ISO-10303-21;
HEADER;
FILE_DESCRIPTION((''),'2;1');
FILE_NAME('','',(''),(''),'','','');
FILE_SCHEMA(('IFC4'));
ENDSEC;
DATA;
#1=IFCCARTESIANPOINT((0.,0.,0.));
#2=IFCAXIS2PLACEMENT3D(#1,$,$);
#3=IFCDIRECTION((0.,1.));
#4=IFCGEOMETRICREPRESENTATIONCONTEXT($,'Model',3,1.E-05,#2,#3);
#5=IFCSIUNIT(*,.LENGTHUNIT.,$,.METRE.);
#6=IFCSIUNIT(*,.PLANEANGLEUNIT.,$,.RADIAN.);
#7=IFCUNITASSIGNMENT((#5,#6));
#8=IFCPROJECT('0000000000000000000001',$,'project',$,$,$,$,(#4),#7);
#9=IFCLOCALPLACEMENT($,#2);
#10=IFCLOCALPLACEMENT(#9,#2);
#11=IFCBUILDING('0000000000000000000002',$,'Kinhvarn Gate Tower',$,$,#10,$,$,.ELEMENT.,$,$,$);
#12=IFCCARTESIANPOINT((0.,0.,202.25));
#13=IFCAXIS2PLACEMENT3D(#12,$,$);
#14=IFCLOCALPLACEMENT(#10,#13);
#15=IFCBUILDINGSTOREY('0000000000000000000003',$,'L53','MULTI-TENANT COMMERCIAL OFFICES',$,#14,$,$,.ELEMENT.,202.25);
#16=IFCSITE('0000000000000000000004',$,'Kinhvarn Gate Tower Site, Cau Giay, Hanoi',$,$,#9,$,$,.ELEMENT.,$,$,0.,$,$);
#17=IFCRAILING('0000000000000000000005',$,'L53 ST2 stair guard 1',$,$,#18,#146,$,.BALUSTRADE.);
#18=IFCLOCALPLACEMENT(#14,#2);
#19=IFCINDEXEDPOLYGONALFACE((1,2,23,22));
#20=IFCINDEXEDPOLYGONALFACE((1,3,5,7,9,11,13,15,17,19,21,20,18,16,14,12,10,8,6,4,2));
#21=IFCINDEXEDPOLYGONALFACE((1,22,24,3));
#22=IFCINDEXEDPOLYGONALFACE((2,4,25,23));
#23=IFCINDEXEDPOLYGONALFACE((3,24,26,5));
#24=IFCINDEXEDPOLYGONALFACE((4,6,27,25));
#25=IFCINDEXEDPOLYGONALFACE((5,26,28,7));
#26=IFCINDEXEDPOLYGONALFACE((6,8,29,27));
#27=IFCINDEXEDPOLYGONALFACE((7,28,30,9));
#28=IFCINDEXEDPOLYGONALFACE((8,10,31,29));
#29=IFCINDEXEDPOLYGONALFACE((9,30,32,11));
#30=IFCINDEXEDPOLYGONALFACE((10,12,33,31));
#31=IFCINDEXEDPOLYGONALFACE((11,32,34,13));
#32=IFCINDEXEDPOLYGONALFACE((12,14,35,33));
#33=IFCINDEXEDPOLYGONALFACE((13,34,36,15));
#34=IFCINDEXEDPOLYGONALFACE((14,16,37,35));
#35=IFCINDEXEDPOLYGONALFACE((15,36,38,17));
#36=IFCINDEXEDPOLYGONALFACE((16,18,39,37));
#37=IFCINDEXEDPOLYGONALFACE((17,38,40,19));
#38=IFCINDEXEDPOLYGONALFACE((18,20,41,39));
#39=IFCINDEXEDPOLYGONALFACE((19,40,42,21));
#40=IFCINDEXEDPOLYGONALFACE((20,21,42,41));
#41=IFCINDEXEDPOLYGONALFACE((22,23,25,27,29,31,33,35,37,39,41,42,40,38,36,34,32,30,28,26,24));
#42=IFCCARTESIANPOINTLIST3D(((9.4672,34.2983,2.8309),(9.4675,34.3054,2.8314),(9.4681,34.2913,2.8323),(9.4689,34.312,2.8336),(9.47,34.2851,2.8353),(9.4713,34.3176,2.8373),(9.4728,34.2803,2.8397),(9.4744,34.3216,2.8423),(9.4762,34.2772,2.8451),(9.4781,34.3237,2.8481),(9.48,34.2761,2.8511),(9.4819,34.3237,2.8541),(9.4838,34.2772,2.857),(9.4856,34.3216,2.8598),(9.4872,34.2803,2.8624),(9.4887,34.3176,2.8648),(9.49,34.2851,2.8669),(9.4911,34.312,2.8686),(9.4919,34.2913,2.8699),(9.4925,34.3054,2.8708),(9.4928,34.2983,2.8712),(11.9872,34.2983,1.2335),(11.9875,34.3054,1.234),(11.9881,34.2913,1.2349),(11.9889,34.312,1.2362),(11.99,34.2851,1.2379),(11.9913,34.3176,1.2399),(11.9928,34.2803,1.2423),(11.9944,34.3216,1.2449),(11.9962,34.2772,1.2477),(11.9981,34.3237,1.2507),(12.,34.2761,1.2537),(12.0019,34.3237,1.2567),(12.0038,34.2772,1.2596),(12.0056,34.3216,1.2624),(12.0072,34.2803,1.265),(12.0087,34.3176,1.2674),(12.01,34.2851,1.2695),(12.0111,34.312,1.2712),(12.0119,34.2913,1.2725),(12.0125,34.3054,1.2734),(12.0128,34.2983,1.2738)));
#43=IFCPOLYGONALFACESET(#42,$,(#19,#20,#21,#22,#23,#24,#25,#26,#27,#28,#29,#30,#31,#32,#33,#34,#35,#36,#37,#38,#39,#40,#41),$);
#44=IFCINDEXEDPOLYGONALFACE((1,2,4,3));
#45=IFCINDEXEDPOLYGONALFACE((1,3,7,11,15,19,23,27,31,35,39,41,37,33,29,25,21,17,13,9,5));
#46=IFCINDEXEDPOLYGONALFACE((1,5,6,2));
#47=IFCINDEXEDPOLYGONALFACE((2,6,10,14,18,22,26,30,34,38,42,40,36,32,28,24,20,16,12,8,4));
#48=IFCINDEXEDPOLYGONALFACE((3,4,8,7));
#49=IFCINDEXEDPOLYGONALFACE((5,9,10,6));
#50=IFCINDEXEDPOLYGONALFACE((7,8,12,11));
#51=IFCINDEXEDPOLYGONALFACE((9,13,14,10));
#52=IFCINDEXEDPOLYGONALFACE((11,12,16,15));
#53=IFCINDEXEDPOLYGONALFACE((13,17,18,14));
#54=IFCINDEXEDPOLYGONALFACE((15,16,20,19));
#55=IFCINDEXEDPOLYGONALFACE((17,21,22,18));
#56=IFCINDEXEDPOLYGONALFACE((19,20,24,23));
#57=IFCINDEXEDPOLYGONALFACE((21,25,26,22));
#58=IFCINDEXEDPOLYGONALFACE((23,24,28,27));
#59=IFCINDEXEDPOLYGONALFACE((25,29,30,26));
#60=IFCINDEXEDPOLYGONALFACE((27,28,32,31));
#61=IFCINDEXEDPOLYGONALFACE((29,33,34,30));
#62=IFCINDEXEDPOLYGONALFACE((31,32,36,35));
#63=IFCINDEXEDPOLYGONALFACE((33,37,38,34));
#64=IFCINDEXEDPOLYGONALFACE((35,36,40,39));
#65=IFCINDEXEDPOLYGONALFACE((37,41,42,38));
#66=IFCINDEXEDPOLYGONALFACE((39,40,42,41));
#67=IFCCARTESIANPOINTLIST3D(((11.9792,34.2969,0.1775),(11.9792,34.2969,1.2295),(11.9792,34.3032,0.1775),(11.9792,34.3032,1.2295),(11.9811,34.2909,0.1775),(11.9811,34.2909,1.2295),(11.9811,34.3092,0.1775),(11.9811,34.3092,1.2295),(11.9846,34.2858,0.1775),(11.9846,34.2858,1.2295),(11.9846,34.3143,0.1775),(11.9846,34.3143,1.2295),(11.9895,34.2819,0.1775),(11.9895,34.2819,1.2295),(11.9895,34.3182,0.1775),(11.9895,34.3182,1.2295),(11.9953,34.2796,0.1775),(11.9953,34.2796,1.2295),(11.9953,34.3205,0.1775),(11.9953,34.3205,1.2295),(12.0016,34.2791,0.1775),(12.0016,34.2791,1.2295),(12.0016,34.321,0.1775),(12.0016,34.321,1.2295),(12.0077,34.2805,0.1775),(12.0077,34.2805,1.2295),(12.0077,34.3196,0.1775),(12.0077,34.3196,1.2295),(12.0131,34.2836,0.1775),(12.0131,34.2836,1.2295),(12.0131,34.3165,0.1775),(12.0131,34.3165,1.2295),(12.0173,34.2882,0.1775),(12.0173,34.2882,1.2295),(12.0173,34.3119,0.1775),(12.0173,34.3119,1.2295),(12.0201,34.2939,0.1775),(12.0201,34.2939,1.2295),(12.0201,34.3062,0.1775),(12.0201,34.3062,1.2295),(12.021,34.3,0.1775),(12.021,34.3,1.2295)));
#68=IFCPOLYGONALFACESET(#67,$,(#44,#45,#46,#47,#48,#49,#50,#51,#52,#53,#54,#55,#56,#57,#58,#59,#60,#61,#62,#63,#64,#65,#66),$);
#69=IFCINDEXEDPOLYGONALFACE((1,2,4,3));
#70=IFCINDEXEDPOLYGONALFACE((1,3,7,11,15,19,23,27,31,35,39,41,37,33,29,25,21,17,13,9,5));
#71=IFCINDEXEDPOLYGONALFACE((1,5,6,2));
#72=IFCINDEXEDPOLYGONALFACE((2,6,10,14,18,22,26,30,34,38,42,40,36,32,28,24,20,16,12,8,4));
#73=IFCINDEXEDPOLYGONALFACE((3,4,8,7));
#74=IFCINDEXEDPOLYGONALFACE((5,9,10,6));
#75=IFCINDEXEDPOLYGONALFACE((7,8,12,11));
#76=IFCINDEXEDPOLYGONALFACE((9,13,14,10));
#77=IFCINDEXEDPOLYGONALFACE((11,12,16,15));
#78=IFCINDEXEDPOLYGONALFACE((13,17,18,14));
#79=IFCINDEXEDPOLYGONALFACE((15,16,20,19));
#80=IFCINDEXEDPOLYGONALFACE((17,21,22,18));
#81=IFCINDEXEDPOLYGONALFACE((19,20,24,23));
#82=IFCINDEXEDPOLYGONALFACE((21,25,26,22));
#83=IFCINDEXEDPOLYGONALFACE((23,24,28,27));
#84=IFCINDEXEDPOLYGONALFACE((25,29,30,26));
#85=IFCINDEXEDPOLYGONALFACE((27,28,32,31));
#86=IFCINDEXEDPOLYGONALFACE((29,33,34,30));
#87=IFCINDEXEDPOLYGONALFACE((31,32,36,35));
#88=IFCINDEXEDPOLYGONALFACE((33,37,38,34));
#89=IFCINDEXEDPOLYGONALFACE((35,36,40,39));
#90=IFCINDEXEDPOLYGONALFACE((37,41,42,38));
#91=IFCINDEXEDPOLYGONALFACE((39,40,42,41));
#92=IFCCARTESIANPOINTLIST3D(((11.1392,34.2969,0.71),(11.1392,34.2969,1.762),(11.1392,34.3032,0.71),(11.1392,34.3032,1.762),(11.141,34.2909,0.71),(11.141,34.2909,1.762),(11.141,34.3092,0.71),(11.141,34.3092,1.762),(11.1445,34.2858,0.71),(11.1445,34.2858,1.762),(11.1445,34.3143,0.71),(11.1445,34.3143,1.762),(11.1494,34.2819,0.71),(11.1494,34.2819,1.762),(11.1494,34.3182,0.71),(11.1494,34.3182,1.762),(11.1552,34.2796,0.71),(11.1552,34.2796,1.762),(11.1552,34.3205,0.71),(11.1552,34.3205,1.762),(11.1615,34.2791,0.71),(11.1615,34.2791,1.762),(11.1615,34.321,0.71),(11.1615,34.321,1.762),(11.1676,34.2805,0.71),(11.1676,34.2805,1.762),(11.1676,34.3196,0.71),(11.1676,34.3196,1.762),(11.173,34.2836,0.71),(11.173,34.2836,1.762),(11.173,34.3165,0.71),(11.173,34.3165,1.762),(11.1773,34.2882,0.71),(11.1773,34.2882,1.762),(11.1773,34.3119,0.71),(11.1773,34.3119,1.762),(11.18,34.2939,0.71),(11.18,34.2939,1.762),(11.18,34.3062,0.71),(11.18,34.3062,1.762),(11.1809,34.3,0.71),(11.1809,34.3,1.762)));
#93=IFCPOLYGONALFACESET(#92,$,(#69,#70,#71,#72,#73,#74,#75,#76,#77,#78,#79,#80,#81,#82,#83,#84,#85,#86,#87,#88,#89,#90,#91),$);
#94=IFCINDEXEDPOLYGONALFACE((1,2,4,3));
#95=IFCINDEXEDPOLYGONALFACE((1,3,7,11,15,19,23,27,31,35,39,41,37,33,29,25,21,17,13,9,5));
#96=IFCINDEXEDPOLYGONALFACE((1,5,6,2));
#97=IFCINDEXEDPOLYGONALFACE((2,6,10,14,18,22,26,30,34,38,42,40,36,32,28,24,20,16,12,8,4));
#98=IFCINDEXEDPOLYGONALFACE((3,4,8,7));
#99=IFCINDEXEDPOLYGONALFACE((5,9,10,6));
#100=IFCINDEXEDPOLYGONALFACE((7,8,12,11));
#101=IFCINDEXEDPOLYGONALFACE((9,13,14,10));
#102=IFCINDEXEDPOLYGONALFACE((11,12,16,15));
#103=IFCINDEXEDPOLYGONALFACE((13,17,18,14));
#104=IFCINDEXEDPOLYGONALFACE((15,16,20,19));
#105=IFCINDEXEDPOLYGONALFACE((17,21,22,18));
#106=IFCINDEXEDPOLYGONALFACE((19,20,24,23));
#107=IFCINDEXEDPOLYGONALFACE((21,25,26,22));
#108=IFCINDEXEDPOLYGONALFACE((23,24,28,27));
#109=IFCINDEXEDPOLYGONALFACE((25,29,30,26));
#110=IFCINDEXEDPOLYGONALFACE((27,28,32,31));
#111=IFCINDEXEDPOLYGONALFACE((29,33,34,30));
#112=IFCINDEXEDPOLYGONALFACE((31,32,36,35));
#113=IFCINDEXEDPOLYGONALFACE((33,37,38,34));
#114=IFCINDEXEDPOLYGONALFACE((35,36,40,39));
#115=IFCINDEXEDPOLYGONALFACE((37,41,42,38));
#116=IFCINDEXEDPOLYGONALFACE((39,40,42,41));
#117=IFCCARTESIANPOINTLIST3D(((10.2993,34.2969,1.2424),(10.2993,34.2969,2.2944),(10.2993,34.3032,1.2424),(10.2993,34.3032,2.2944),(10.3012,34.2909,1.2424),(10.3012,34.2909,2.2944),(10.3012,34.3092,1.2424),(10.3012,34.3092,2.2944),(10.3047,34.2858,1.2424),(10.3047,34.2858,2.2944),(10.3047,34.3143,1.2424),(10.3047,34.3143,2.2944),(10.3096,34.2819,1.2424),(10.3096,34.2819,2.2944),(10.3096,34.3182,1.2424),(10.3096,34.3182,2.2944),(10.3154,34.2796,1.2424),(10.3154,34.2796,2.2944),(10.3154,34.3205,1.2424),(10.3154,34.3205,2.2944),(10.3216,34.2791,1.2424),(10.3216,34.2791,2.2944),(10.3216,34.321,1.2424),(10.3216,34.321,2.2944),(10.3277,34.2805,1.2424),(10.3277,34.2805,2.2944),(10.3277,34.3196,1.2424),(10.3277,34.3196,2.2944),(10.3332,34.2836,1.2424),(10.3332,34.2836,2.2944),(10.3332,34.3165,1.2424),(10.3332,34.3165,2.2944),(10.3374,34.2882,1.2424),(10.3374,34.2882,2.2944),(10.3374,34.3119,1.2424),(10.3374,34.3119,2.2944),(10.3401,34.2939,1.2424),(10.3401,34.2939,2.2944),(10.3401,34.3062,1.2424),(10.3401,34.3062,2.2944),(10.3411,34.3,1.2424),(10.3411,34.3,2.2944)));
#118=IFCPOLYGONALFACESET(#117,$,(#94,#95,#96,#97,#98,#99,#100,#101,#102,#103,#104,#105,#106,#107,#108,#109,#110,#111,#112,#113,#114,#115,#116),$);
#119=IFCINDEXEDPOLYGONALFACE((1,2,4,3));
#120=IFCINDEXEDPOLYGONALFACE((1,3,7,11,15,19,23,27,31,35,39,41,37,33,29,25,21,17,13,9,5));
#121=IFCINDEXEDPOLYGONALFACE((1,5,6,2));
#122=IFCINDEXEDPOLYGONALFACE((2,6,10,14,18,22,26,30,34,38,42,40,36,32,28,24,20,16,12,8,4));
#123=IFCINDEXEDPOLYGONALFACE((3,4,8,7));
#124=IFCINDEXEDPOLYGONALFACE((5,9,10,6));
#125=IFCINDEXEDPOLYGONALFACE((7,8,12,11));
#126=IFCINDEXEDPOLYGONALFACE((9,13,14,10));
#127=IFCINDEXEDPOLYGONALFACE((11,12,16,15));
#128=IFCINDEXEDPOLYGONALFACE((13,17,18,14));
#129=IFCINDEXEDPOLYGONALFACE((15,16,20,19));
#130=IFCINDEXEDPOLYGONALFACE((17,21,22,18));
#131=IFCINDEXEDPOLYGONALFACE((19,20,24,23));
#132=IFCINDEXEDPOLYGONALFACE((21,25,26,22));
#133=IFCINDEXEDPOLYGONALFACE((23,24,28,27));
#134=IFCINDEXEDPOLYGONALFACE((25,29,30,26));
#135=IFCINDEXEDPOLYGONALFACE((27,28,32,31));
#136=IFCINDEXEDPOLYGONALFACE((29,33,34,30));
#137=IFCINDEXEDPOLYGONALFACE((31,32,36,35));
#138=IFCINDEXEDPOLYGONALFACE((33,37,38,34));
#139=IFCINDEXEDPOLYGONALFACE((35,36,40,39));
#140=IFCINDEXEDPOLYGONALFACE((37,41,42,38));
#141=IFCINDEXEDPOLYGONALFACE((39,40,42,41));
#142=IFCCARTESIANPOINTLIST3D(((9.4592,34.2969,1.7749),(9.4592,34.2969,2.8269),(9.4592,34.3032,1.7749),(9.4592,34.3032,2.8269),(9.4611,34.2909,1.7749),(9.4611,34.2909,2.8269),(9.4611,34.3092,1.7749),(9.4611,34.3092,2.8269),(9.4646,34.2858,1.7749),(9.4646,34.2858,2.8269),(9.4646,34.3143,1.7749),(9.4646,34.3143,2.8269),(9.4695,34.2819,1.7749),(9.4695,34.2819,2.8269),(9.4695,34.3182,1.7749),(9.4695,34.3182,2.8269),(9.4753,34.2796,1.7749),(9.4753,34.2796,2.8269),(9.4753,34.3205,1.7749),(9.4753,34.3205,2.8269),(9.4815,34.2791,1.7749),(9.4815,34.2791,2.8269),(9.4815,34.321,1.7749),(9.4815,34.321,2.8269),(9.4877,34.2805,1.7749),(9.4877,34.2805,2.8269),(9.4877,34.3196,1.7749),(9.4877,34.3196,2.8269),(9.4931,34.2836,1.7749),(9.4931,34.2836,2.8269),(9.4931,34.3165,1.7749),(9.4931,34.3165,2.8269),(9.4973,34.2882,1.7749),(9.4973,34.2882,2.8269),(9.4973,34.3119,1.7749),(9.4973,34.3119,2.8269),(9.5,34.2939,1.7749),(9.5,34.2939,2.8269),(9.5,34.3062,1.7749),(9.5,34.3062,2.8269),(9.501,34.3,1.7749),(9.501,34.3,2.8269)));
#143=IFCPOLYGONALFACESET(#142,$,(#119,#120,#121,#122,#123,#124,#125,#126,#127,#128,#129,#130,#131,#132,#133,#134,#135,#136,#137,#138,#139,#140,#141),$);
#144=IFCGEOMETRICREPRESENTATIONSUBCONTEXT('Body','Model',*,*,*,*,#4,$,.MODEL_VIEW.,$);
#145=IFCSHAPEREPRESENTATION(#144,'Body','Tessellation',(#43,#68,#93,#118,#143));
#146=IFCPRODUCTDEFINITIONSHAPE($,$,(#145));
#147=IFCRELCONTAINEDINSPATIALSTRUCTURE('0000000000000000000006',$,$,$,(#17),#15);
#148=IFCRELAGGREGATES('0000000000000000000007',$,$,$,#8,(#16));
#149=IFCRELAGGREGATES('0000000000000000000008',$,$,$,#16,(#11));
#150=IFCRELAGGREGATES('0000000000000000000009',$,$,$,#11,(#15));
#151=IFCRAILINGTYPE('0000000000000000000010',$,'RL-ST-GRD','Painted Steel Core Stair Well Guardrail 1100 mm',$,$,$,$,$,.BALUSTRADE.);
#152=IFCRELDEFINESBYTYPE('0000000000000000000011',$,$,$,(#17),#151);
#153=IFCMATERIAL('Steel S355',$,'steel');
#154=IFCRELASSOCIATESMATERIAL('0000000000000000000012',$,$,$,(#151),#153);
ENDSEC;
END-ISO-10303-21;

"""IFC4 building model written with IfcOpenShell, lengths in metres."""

from ifc_helpers import new_model, si_unit, direction, frame, origin, origin_2d, place, context, subcontext, project, spatial, circle, extrude, material, type_object, element, save


model = new_model("IFC4")

# Units and contexts
model_context = context("Model", 3, precision=1e-05, world=origin(), true_north=direction((0.0, 1.0)))
body_context = subcontext(model_context, "Body", "Model", "MODEL_VIEW")
ifc_project = project(units=[si_unit("LENGTHUNIT", "METRE"), si_unit("PLANEANGLEUNIT", "RADIAN")], contexts=[model_context])

# Site, building, storey
site_placement = place(None, origin())
site = spatial("IfcSite", under=ifc_project, at=site_placement, Name="Kinhvarn Gate Tower Site, Cau Giay, Hanoi", CompositionType="ELEMENT", RefElevation=0.0)
building_placement = place(site_placement, origin())
building = spatial("IfcBuilding", under=site, at=building_placement, Name="Kinhvarn Gate Tower", CompositionType="ELEMENT")
storey_placement = place(building_placement, frame((0.0, 0.0, 202.25)))
storey = spatial("IfcBuildingStorey", under=building, at=storey_placement, Name="L53", Description="MULTI-TENANT COMMERCIAL OFFICES", CompositionType="ELEMENT", Elevation=202.25)

# Railing
ifc_material_1 = material(Name="Steel S355", Category="steel")
railing_type_1 = type_object("IfcRailingType", Name="RL-ST-GRD", Description="Painted Steel Core Stair Well Guardrail 1100 mm", PredefinedType="BALUSTRADE", material=ifc_material_1)
railing_1_placement = place(storey_placement, frame((12.0, 34.3, 0.1775)))
element("IfcRailing", 1, at=railing_1_placement, inside=storey, type_object=railing_type_1, Name="L53 ST2 stair guard 1", PredefinedType="BALUSTRADE", context=body_context, shape_type="SweptSolid", body=[
    extrude(circle(Radius=0.0239, at=origin_2d()), frame((0.0, 0.0, 1.0762), z_axis=(-0.844607, 0.0, 0.535387), x_axis=(0.0, -1.0, 0.0)), (0.0, 0.0, 1.0), 2.9836),
    extrude(circle(Radius=0.021, at=origin_2d()), origin(), (0.0, 0.0, 1.0), 1.052),
    extrude(circle(Radius=0.021, at=origin_2d()), frame((-0.8401, 0.0, 0.5325)), (0.0, 0.0, 1.0), 1.052),
    extrude(circle(Radius=0.021, at=origin_2d()), frame((-1.6799, 0.0, 1.0649)), (0.0, 0.0, 1.0), 1.052),
    extrude(circle(Radius=0.021, at=origin_2d()), frame((-2.52, 0.0, 1.5974)), (0.0, 0.0, 1.0), 1.052),
])

save(model, "model.ifc")
